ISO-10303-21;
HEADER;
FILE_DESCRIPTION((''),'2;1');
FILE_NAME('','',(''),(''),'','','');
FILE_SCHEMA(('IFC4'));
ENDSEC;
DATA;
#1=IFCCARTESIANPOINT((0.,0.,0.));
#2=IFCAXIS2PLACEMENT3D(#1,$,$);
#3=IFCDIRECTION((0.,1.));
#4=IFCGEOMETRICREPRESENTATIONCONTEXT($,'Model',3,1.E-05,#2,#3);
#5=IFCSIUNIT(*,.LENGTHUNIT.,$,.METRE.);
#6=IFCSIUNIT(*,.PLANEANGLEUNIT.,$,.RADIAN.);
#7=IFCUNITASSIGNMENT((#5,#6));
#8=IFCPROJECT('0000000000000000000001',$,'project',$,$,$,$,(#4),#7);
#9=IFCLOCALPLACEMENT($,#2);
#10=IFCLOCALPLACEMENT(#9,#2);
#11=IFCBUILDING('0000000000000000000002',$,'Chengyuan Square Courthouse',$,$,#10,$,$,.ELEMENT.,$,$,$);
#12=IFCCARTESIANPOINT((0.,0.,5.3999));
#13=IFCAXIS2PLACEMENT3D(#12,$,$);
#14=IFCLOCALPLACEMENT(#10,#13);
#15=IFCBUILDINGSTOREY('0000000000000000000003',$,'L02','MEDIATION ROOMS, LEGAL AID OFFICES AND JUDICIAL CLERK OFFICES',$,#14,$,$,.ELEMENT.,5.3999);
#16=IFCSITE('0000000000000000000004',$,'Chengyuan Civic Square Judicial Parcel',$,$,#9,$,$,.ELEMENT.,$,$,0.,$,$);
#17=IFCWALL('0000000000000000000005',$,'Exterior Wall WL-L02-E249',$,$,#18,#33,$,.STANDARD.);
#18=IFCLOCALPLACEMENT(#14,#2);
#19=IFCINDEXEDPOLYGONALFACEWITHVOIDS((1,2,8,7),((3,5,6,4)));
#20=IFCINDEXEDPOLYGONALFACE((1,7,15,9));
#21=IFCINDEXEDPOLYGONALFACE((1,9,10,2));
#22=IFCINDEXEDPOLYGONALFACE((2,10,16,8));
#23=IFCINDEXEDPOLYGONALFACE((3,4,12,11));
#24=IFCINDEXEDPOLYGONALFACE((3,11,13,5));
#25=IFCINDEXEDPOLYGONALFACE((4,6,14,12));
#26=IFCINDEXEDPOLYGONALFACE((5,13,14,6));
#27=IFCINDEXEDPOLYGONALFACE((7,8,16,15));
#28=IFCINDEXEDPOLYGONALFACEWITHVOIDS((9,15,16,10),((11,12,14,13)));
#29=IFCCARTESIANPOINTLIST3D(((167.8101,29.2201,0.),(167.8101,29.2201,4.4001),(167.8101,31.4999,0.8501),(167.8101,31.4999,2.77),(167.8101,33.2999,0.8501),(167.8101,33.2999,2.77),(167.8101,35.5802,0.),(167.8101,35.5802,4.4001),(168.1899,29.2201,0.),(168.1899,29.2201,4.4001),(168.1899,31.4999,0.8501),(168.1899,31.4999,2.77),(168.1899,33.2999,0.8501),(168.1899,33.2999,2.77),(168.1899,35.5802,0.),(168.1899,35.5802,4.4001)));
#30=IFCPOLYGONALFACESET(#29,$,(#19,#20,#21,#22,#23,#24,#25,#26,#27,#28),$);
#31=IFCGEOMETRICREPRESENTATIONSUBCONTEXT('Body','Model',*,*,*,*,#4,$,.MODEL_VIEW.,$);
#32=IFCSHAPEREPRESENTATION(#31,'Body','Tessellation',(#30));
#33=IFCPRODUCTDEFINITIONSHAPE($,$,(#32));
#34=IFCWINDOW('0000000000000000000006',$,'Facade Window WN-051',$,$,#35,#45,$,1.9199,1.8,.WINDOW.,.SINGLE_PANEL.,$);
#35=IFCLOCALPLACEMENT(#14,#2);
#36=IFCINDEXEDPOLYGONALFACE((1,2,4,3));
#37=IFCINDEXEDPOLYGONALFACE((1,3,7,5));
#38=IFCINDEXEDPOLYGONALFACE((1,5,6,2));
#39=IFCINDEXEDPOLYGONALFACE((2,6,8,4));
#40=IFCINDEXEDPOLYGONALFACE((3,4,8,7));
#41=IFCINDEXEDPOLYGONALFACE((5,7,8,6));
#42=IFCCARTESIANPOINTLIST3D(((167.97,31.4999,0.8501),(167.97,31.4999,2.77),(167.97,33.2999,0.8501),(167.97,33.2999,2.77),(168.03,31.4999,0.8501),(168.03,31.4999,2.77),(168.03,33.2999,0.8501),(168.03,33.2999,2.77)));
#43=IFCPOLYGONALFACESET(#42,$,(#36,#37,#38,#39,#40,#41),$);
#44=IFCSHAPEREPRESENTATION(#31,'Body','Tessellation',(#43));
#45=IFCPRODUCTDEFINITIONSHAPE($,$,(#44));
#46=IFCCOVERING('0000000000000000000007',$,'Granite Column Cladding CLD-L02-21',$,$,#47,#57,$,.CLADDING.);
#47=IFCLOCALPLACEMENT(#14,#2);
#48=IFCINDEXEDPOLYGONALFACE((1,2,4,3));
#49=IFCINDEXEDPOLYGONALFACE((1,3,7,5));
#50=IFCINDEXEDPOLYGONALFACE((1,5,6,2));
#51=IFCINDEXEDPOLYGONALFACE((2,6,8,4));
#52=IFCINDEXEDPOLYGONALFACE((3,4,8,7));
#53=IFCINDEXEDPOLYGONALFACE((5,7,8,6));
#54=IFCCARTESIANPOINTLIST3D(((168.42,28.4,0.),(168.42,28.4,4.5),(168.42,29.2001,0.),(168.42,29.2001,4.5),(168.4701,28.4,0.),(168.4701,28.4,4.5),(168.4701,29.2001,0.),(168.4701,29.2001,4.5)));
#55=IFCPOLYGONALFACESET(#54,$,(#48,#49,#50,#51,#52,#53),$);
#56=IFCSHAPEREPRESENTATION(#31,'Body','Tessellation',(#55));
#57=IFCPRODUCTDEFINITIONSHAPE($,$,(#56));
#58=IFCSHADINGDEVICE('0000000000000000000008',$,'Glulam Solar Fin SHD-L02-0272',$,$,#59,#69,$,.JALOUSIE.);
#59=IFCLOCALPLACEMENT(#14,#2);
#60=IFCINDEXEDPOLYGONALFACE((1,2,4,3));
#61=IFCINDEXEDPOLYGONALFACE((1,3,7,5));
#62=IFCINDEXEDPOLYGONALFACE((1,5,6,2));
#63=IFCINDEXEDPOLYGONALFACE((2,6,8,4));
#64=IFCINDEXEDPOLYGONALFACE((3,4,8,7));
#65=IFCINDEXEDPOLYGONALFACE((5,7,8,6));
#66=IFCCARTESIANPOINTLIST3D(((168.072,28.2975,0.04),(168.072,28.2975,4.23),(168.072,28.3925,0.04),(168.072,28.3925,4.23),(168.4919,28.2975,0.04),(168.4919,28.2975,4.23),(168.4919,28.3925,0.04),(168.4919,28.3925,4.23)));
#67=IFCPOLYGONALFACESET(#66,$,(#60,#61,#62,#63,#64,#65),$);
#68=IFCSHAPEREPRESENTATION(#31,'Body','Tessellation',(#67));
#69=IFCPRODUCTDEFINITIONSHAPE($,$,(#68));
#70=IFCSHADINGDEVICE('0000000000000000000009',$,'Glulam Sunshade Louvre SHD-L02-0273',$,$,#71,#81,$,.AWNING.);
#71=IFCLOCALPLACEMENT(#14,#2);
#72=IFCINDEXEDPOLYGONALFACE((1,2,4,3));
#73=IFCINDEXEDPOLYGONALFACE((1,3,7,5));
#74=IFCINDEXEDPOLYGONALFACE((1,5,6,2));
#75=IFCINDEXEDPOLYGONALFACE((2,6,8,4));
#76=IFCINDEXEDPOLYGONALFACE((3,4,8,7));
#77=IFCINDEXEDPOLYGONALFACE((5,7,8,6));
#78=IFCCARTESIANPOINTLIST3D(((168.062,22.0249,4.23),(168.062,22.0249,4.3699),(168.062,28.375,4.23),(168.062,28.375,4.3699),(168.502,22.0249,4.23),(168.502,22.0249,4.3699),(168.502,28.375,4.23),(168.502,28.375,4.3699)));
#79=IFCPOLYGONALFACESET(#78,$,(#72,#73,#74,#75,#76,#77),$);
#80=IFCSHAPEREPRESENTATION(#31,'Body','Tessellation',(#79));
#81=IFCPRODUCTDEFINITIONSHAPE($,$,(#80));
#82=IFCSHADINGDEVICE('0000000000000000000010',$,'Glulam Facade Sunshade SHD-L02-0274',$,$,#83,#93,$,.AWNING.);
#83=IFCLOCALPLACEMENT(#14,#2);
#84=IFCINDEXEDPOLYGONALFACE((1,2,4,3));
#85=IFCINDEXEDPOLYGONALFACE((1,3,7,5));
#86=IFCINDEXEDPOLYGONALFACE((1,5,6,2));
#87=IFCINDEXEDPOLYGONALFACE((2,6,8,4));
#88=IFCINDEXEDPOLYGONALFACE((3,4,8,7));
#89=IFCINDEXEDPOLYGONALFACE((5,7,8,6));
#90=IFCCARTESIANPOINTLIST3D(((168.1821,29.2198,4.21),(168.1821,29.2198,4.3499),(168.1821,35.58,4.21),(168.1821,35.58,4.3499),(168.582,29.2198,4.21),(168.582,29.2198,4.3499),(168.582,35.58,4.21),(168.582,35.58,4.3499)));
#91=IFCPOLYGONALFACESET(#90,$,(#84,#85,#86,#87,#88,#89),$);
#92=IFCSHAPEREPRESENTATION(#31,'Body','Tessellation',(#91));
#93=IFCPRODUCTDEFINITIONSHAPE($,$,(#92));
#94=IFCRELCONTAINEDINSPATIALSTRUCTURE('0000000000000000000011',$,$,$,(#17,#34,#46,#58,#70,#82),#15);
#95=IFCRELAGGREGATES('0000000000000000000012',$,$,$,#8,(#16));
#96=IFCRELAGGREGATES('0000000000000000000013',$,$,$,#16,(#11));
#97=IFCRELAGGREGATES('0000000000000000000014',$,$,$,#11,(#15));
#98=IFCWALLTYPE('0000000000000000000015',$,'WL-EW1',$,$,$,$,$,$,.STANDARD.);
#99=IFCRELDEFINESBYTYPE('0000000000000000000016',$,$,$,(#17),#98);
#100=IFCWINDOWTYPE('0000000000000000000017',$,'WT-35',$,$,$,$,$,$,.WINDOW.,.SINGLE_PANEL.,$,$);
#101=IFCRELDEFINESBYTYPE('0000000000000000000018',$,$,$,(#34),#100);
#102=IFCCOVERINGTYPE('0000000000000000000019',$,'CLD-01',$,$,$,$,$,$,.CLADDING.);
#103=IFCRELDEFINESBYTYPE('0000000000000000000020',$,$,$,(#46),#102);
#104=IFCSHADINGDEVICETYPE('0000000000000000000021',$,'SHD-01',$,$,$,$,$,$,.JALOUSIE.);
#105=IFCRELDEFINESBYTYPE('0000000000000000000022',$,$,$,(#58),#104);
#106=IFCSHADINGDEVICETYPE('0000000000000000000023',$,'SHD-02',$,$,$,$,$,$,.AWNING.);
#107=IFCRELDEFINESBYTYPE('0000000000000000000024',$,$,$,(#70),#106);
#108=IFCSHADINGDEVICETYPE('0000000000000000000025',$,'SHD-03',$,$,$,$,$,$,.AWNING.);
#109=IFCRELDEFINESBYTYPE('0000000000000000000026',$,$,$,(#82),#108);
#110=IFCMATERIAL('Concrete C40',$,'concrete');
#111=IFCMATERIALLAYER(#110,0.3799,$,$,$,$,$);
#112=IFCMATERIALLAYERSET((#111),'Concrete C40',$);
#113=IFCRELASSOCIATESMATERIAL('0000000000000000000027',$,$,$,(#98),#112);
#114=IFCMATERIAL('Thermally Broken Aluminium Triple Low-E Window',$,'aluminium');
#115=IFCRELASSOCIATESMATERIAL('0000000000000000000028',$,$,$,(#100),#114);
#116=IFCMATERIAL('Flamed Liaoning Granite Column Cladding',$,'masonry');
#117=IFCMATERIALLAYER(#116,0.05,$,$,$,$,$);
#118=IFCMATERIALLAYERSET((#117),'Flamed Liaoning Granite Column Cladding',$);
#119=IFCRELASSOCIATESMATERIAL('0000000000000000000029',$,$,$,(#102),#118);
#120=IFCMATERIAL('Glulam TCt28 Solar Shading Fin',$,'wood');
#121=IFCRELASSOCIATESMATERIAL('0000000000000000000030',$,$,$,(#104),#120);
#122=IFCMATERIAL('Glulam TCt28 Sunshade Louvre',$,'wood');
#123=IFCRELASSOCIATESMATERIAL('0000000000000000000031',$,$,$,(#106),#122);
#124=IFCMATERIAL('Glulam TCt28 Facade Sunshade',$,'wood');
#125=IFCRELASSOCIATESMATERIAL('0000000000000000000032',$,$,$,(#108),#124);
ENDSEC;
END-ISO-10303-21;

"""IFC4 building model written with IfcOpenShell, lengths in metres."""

from ifc_helpers import new_model, si_unit, direction, frame, frame_2d, origin, origin_2d, place, context, subcontext, project, spatial, rectangle, extrude, material, layer, layer_set, type_object, element, fill, save


model = new_model("IFC4")

# Units and contexts
model_context = context("Model", 3, precision=1e-05, world=origin(), true_north=direction((0.0, 1.0)))
body_context = subcontext(model_context, "Body", "Model", "MODEL_VIEW")
ifc_project = project(units=[si_unit("LENGTHUNIT", "METRE"), si_unit("PLANEANGLEUNIT", "RADIAN")], contexts=[model_context])

# Site, building, storey
site_placement = place(None, origin())
site = spatial("IfcSite", under=ifc_project, at=site_placement, Name="Chengyuan Civic Square Judicial Parcel", CompositionType="ELEMENT", RefElevation=0.0)
building_placement = place(site_placement, origin())
building = spatial("IfcBuilding", under=site, at=building_placement, Name="Chengyuan Square Courthouse", CompositionType="ELEMENT")
storey_placement = place(building_placement, frame((0.0, 0.0, 5.3999)))
storey = spatial("IfcBuildingStorey", under=building, at=storey_placement, Name="L02", Description="MEDIATION ROOMS, LEGAL AID OFFICES AND JUDICIAL CLERK OFFICES", CompositionType="ELEMENT", Elevation=5.3999)

# Shared definitions
ifc_material_1 = material(Name="Concrete C40", Category="concrete")

# Wall, opening, window
ifc_layer_1 = layer(ifc_material_1, 0.3799)
ifc_layer_set_1 = layer_set([ifc_layer_1], Name="Concrete C40")
wall_type = type_object("IfcWallType", Name="WL-EW1", PredefinedType="STANDARD", material=ifc_layer_set_1)
wall_placement = place(storey_placement, frame((168.0, 29.22, 0.0), z_axis=(0.0, 0.0, 1.0), x_axis=(0.0, 1.0, 0.0)))
wall = element("IfcWall", 1, at=wall_placement, inside=storey, type_object=wall_type, Name="Exterior Wall WL-L02-E249", PredefinedType="STANDARD", context=body_context, shape_type="SweptSolid", body=[
    extrude(rectangle(XDim=6.3601, YDim=0.3799, at=frame_2d((3.1802, 0.0))), origin(), (0.0, 0.0, 1.0), 4.4001),
])
opening_placement = place(wall_placement, frame((2.28, 0.0, 0.8501)))
opening = element("IfcOpeningElement", 2, at=opening_placement, cuts=wall, PredefinedType="OPENING", context=body_context, shape_type="SweptSolid", body=[
    extrude(rectangle(XDim=1.8, YDim=1.9199, at=frame_2d((0.8999, 0.96))), frame((0.0, 0.2019, 0.0), z_axis=(0.0, -1.0, 0.0), x_axis=(1.0, 0.0, 0.0)), (0.0, 0.0, 1.0), 0.4038),
])
ifc_material_2 = material(Name="Thermally Broken Aluminium Triple Low-E Window", Category="aluminium")
window_type = type_object("IfcWindowType", Name="WT-35", PartitioningType="SINGLE_PANEL", PredefinedType="WINDOW", material=ifc_material_2)
window_placement = place(opening_placement, origin())
window = element("IfcWindow", 3, at=window_placement, inside=storey, type_object=window_type, Name="Facade Window WN-051", OverallHeight=1.9199, OverallWidth=1.8, PartitioningType="SINGLE_PANEL", PredefinedType="WINDOW", context=body_context, shape_type="SweptSolid", body=[
    extrude(rectangle(XDim=1.8, YDim=1.9199, at=frame_2d((0.8999, 0.96))), frame((0.0, 0.03, 0.0), z_axis=(0.0, -1.0, 0.0), x_axis=(1.0, 0.0, 0.0)), (0.0, 0.0, 1.0), 0.0601),
])
fill(opening, window)

# Covering
ifc_material_3 = material(Name="Flamed Liaoning Granite Column Cladding", Category="masonry")
ifc_layer_2 = layer(ifc_material_3, 0.05)
ifc_layer_set_2 = layer_set([ifc_layer_2], Name="Flamed Liaoning Granite Column Cladding")
covering_type = type_object("IfcCoveringType", Name="CLD-01", PredefinedType="CLADDING", material=ifc_layer_set_2)
covering_placement = place(storey_placement, frame((168.4451, 28.8, 0.0), z_axis=(0.0, 0.0, 1.0), x_axis=(1.0, 0.0, 0.0)))
element("IfcCovering", 4, at=covering_placement, inside=storey, type_object=covering_type, Name="Granite Column Cladding CLD-L02-21", PredefinedType="CLADDING", context=body_context, shape_type="SweptSolid", body=[
    extrude(rectangle(XDim=0.05, YDim=0.8, at=origin_2d()), origin(), (0.0, 0.0, 1.0), 4.5),
])

# Shading devices
ifc_material_4 = material(Name="Glulam TCt28 Solar Shading Fin", Category="wood")
shading_device_type_1 = type_object("IfcShadingDeviceType", Name="SHD-01", PredefinedType="JALOUSIE", material=ifc_material_4)
shading_device_1_placement = place(storey_placement, frame((168.282, 28.345, 0.04), z_axis=(0.0, 0.0, 1.0), x_axis=(1.0, 0.0, 0.0)))
element("IfcShadingDevice", 5, at=shading_device_1_placement, inside=storey, type_object=shading_device_type_1, Name="Glulam Solar Fin SHD-L02-0272", PredefinedType="JALOUSIE", context=body_context, shape_type="SweptSolid", body=[
    extrude(rectangle(XDim=0.4199, YDim=0.095, at=origin_2d()), origin(), (0.0, 0.0, 1.0), 4.1899),
])
ifc_material_5 = material(Name="Glulam TCt28 Sunshade Louvre", Category="wood")
shading_device_type_2 = type_object("IfcShadingDeviceType", Name="SHD-02", PredefinedType="AWNING", material=ifc_material_5)
shading_device_2_placement = place(storey_placement, frame((168.282, 25.2, 4.23), z_axis=(0.0, 0.0, 1.0), x_axis=(0.0, 1.0, 0.0)))
element("IfcShadingDevice", 6, at=shading_device_2_placement, inside=storey, type_object=shading_device_type_2, Name="Glulam Sunshade Louvre SHD-L02-0273", PredefinedType="AWNING", context=body_context, shape_type="SweptSolid", body=[
    extrude(rectangle(XDim=6.3501, YDim=0.4399, at=origin_2d()), origin(), (0.0, 0.0, 1.0), 0.1399),
])
ifc_material_6 = material(Name="Glulam TCt28 Facade Sunshade", Category="wood")
shading_device_type_3 = type_object("IfcShadingDeviceType", Name="SHD-03", PredefinedType="AWNING", material=ifc_material_6)
shading_device_3_placement = place(storey_placement, frame((168.3821, 32.3999, 4.21), z_axis=(0.0, 0.0, 1.0), x_axis=(0.0, 1.0, 0.0)))
element("IfcShadingDevice", 7, at=shading_device_3_placement, inside=storey, type_object=shading_device_type_3, Name="Glulam Facade Sunshade SHD-L02-0274", PredefinedType="AWNING", context=body_context, shape_type="SweptSolid", body=[
    extrude(rectangle(XDim=6.3601, YDim=0.3999, at=origin_2d()), origin(), (0.0, 0.0, 1.0), 0.1399),
])

save(model, "model.ifc")
